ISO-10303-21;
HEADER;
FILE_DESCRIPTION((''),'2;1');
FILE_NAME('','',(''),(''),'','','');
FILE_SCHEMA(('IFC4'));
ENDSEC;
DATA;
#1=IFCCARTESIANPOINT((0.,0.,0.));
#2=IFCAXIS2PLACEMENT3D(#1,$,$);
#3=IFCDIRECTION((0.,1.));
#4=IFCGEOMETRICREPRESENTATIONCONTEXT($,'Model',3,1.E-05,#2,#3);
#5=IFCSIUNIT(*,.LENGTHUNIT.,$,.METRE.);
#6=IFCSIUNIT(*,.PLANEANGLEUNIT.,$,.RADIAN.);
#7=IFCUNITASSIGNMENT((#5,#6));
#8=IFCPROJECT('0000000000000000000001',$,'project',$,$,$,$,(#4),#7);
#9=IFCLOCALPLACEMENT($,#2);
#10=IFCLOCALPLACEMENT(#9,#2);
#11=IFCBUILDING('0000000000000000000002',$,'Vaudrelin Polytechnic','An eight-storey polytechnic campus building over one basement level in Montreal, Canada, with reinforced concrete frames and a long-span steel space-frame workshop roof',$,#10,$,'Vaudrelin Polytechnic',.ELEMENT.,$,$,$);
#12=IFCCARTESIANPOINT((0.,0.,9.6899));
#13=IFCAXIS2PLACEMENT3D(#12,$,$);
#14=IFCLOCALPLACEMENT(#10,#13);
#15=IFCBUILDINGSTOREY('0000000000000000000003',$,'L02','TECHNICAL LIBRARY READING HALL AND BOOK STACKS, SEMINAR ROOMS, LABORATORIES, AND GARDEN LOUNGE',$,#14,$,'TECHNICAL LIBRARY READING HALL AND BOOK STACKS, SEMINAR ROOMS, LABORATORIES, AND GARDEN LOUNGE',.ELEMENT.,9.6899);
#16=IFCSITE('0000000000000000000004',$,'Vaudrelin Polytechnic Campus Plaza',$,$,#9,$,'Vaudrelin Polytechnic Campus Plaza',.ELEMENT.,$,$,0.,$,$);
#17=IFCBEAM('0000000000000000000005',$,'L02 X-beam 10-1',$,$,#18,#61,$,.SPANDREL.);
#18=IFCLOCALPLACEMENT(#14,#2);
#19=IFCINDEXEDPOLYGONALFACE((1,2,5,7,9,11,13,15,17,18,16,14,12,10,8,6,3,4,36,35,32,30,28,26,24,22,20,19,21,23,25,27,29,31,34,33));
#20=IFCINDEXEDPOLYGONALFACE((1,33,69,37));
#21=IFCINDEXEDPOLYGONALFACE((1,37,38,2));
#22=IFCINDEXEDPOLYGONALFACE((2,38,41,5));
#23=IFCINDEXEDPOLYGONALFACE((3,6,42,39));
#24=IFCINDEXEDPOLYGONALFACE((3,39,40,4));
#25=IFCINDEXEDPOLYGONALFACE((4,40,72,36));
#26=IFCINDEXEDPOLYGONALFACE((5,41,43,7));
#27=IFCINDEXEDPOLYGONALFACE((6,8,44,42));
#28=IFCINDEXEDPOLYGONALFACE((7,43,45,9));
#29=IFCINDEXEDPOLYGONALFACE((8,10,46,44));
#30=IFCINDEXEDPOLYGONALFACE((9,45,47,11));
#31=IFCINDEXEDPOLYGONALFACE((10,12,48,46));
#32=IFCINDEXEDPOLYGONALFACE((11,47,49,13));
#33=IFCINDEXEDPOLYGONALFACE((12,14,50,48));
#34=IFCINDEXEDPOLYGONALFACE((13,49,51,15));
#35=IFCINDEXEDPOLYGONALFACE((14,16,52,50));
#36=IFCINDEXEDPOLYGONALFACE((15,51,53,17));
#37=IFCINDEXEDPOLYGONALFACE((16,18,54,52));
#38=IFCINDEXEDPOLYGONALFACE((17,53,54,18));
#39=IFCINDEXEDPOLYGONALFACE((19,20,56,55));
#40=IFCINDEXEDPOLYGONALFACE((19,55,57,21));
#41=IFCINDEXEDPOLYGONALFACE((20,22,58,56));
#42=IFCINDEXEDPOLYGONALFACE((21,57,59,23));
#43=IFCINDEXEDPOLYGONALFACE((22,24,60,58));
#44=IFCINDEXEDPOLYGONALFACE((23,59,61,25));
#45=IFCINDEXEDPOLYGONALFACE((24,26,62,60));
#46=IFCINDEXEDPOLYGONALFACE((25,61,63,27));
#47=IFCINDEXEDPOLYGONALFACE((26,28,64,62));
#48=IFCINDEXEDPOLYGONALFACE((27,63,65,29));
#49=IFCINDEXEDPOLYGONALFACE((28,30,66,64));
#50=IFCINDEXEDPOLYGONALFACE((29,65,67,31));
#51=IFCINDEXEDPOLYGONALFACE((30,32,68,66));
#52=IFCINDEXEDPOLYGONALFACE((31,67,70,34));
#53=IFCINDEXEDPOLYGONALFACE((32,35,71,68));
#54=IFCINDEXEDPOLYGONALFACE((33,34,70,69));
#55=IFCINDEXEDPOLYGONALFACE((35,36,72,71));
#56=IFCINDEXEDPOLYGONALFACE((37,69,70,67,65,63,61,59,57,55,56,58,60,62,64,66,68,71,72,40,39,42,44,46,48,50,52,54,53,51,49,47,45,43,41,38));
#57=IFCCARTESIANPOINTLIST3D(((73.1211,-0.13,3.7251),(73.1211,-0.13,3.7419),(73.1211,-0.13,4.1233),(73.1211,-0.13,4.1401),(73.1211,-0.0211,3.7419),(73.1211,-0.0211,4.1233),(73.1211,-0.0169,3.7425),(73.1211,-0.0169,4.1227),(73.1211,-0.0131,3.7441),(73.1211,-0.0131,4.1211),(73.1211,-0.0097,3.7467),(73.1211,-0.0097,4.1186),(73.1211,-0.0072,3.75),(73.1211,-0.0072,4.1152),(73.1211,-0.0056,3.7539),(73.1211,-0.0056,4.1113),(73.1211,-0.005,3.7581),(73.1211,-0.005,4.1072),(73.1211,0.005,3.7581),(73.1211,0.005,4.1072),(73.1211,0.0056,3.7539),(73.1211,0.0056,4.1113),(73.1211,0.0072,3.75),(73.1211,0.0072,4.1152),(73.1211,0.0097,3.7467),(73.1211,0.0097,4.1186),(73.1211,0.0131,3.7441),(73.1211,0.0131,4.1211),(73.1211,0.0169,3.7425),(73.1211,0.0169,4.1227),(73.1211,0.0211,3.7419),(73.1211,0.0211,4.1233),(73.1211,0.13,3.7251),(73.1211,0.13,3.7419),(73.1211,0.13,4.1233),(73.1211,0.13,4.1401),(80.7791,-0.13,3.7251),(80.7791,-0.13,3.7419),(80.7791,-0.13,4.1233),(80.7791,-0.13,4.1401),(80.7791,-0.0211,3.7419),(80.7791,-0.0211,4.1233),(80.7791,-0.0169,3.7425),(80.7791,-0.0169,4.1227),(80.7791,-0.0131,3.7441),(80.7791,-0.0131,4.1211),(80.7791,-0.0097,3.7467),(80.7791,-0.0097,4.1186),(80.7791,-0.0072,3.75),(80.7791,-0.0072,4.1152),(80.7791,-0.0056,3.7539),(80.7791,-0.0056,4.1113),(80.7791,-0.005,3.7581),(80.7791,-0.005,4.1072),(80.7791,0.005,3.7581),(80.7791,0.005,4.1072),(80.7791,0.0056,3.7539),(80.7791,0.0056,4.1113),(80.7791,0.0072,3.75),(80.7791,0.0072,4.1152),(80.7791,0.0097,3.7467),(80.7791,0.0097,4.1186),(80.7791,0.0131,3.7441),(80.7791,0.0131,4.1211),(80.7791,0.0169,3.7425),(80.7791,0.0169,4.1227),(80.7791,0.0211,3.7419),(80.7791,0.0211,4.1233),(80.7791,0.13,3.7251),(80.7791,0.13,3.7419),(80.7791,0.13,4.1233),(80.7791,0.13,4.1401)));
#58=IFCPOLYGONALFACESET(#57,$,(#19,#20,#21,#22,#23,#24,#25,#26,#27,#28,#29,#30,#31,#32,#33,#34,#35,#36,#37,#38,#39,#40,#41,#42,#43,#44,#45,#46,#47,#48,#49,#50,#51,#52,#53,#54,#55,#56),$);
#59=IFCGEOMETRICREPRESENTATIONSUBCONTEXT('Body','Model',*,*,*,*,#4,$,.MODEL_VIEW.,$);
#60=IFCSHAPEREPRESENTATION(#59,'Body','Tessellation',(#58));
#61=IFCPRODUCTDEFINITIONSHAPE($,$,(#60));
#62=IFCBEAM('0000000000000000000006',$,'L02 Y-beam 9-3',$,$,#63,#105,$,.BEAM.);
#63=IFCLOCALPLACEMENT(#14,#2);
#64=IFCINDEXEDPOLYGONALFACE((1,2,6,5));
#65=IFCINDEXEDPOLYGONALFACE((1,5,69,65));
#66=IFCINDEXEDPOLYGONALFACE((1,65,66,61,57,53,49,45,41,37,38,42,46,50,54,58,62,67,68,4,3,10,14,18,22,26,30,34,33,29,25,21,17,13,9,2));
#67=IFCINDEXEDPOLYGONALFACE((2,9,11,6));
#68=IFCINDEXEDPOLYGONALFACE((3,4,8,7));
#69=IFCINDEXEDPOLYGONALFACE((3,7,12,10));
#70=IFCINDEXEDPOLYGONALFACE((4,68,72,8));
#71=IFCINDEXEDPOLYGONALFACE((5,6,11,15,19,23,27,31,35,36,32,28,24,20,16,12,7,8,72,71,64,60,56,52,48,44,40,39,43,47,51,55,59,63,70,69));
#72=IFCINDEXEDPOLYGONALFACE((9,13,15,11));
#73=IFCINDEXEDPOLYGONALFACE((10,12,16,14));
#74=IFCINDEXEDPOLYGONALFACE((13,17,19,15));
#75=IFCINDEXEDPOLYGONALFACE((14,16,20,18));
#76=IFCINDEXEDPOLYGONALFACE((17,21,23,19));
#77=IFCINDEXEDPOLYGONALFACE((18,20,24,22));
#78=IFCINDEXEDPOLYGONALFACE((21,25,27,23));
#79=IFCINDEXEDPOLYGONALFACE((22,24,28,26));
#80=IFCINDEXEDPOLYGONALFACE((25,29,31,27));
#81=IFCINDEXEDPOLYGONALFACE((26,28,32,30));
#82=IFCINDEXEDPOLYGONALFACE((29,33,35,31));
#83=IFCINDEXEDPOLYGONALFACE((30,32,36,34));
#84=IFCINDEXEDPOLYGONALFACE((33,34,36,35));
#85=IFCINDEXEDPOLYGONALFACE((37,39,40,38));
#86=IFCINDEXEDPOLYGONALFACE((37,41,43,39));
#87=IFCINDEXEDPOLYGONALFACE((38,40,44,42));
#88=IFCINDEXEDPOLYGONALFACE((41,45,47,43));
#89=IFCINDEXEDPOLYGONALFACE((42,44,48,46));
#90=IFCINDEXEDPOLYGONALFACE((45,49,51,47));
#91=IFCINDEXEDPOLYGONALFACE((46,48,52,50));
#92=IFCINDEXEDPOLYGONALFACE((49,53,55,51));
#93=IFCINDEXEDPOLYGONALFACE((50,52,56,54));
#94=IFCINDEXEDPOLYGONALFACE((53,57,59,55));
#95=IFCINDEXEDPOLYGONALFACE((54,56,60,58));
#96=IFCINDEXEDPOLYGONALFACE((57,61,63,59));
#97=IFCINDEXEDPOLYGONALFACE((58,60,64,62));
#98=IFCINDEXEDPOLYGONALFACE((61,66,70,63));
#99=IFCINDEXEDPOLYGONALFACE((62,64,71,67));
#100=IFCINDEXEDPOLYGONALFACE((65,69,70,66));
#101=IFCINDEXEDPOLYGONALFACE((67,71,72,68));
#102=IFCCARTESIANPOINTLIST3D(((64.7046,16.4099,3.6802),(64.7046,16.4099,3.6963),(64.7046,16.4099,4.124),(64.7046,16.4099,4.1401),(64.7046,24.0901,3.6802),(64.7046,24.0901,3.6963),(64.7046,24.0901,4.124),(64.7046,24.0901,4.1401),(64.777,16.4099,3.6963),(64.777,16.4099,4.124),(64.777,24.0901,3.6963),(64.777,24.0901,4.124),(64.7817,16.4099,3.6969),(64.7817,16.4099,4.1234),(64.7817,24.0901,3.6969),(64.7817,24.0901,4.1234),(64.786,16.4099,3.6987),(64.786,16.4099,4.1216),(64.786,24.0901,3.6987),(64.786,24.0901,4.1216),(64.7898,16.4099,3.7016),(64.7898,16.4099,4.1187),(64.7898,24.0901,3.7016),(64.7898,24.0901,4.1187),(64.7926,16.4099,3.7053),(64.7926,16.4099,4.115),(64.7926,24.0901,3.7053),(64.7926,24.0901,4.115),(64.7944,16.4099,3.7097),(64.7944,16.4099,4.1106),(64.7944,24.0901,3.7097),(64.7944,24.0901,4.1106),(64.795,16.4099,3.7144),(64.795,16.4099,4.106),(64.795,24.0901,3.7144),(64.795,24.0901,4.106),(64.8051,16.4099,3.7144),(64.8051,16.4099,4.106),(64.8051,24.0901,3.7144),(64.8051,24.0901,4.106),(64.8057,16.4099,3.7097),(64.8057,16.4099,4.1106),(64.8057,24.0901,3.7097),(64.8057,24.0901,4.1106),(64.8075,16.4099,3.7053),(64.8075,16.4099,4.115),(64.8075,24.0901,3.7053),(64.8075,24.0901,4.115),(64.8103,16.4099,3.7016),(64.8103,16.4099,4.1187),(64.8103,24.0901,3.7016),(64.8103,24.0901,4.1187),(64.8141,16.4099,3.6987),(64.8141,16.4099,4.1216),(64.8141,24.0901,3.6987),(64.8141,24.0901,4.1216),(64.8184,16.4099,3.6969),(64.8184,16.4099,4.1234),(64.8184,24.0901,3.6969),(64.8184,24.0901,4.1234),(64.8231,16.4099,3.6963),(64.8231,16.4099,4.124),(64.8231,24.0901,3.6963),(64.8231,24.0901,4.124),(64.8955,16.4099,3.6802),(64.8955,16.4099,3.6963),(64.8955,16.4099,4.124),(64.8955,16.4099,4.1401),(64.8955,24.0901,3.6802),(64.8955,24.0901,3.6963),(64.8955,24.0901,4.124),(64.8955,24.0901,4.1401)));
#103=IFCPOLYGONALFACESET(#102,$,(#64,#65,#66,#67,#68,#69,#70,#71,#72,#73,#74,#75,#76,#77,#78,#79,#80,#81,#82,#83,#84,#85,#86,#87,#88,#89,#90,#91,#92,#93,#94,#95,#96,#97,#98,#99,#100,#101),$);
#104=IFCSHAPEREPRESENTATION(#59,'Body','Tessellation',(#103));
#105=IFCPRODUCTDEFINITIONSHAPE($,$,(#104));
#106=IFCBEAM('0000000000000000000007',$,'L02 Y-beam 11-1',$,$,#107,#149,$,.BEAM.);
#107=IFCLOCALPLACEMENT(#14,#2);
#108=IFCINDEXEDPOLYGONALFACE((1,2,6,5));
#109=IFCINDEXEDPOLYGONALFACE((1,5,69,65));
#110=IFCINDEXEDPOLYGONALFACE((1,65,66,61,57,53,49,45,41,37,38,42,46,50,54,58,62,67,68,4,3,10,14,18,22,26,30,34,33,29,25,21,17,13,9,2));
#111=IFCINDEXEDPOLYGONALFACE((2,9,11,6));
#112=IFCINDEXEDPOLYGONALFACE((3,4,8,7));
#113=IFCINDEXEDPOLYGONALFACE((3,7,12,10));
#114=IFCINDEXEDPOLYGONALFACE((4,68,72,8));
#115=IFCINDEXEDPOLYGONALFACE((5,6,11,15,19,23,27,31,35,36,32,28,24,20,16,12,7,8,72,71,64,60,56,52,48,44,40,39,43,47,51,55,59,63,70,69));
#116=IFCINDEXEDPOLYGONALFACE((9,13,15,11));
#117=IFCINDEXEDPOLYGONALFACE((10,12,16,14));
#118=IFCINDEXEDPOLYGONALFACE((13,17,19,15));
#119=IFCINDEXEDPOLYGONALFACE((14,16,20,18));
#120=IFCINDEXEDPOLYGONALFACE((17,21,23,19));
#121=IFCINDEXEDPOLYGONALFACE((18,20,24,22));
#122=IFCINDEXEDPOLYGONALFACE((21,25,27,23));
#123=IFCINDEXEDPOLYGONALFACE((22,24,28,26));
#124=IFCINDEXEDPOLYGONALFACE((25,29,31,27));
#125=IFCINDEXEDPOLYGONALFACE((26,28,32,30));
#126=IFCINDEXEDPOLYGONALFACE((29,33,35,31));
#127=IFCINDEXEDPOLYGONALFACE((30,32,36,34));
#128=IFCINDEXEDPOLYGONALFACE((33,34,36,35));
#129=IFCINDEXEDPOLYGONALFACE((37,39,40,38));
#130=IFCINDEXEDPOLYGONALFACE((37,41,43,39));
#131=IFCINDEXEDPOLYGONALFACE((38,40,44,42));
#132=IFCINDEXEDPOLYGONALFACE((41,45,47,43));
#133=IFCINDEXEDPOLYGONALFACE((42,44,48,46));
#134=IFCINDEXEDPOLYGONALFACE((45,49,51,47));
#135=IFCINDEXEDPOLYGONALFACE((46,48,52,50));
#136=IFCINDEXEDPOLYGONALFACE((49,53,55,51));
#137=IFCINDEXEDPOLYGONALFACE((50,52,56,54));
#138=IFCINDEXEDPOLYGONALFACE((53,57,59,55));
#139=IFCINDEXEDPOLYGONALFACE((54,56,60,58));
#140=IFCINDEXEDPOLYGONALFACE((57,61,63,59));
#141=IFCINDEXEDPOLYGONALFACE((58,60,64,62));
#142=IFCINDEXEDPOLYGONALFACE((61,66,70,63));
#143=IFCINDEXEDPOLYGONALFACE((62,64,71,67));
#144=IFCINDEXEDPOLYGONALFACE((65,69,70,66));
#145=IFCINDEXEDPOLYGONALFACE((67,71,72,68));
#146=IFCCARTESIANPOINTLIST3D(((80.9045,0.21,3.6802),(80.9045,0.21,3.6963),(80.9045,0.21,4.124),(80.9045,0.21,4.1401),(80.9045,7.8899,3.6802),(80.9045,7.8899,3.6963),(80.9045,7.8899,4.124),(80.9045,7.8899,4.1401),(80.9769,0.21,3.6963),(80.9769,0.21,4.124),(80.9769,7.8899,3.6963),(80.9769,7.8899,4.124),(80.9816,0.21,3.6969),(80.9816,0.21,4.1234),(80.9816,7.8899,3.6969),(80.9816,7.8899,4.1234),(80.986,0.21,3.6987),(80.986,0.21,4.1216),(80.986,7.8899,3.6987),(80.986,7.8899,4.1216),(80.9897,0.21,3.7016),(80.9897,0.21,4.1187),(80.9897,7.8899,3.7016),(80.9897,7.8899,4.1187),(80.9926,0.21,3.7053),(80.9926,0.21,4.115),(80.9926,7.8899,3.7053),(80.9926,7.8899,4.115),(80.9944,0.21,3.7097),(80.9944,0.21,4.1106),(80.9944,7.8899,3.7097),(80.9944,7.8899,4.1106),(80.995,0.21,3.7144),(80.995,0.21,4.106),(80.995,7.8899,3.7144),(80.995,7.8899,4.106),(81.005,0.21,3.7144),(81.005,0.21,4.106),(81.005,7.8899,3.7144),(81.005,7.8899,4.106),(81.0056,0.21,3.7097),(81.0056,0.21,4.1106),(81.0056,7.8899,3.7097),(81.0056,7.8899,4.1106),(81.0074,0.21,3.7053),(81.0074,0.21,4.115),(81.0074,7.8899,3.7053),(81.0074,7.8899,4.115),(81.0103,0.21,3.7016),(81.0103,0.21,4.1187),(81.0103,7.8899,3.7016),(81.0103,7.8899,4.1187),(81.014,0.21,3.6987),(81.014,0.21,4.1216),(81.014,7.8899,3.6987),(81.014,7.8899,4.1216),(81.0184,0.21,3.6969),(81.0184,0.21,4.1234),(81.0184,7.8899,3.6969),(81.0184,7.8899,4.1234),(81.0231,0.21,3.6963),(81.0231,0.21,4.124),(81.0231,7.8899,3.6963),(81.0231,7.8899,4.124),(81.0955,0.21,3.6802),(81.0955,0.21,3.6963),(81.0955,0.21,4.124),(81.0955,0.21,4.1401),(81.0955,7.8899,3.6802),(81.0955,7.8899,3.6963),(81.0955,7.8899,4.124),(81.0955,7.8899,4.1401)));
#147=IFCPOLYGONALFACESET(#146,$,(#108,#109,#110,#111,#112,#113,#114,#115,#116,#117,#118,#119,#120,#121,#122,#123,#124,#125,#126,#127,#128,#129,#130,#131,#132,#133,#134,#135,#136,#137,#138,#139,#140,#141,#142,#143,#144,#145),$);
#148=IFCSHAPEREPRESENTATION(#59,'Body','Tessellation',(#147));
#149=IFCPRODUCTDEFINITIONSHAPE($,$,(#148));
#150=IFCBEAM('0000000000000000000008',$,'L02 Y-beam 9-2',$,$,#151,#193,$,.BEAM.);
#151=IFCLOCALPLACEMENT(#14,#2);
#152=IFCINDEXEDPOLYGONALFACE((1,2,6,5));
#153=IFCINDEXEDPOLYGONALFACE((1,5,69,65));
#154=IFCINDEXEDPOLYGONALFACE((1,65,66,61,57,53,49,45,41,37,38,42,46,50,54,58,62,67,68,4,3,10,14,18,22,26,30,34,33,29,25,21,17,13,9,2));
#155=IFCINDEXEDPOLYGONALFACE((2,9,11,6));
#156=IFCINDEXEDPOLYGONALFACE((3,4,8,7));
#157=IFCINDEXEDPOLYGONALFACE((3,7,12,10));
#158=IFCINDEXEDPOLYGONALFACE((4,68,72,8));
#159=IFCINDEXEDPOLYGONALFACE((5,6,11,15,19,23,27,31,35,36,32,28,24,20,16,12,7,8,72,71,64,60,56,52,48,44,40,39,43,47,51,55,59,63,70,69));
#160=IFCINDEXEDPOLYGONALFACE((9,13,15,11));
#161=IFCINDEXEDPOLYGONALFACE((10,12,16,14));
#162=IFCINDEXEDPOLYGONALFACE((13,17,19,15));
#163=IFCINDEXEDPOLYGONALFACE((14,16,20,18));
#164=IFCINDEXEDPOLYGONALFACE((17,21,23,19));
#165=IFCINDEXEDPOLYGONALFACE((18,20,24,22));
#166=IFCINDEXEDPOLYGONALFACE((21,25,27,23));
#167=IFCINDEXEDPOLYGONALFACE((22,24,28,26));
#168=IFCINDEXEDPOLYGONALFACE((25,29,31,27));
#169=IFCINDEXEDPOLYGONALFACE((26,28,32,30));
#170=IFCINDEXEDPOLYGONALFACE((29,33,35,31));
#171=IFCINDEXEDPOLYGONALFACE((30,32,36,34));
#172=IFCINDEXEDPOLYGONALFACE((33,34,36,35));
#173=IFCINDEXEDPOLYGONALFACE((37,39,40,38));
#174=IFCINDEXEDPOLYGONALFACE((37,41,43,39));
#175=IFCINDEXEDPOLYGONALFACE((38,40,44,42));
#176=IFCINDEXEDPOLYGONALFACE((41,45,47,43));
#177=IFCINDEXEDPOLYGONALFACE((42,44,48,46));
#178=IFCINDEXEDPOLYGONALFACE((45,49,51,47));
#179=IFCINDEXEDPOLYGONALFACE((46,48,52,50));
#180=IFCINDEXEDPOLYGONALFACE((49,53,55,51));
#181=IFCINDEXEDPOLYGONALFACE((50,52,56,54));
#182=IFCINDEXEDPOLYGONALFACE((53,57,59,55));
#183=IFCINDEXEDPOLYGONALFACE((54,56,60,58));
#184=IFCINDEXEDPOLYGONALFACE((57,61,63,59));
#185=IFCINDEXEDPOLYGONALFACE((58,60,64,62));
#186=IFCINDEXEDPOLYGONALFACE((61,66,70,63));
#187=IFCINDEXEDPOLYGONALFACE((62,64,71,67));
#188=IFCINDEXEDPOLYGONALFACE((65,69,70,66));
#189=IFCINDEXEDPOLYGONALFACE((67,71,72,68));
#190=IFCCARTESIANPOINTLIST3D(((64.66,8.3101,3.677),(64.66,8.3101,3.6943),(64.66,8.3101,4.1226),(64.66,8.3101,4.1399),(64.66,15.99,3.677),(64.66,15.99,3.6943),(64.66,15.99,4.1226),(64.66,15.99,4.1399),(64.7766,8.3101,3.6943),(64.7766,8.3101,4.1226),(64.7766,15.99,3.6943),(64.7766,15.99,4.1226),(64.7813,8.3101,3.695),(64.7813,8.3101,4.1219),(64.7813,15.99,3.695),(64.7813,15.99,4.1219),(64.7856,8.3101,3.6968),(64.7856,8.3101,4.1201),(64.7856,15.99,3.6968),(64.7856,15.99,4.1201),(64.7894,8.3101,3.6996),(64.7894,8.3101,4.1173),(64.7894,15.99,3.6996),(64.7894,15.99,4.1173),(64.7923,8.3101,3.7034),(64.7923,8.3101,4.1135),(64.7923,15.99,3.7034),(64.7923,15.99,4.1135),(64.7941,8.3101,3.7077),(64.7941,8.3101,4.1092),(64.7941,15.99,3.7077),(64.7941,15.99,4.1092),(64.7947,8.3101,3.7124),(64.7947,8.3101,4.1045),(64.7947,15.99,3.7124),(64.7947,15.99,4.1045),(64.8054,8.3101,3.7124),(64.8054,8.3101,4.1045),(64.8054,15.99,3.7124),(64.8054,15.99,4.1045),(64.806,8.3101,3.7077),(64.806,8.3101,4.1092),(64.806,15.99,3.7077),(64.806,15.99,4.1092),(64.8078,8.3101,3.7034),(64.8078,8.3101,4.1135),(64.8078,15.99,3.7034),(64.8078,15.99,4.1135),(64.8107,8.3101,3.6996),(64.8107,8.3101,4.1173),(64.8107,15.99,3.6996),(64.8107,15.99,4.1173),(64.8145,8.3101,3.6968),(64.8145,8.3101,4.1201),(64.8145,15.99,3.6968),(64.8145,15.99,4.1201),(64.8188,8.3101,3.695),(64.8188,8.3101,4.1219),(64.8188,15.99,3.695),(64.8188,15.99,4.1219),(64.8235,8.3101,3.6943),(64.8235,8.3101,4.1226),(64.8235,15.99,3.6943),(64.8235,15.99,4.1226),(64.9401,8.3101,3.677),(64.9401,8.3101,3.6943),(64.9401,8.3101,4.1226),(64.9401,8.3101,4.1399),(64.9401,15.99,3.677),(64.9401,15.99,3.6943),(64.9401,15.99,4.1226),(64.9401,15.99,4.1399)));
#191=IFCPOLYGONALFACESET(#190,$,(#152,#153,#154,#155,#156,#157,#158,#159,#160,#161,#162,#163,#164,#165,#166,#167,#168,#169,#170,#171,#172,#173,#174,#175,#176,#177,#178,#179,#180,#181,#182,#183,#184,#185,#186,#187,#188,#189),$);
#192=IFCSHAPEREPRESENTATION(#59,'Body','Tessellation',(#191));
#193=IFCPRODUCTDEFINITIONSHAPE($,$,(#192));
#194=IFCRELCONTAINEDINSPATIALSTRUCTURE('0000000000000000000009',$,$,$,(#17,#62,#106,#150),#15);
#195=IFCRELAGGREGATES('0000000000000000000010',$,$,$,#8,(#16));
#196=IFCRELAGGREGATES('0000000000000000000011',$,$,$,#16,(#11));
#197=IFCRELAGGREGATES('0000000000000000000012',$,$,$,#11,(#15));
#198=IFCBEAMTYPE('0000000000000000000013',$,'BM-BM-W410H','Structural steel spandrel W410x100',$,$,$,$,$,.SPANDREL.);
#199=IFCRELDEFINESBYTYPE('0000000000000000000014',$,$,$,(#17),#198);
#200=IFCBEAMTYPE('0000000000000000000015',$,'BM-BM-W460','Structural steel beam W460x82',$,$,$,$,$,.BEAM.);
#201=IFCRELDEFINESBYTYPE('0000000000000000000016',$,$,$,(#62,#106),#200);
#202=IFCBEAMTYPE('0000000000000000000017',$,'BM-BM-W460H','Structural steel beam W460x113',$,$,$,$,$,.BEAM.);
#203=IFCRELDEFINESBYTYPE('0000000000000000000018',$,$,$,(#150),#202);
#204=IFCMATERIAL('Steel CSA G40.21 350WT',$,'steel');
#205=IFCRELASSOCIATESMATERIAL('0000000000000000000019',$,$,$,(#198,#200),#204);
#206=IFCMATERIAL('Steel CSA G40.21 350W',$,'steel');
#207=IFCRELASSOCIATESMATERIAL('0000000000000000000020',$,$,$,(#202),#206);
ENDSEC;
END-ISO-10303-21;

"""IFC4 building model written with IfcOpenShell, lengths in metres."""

from ifc_helpers import new_model, si_unit, direction, frame, origin, origin_2d, place, context, subcontext, project, spatial, i_section, extrude, material, material_profile, profile_set, type_object, element, save


model = new_model("IFC4")

# Units and contexts
model_context = context("Model", 3, precision=1e-05, world=origin(), true_north=direction((0.0, 1.0)))
body_context = subcontext(model_context, "Body", "Model", "MODEL_VIEW")
ifc_project = project(units=[si_unit("LENGTHUNIT", "METRE"), si_unit("PLANEANGLEUNIT", "RADIAN")], contexts=[model_context])

# Site, building, storey
site_placement = place(None, origin())
site = spatial("IfcSite", under=ifc_project, at=site_placement, Name="Vaudrelin Polytechnic Campus Plaza", LongName="Vaudrelin Polytechnic Campus Plaza", CompositionType="ELEMENT", RefElevation=0.0)
building_placement = place(site_placement, origin())
building = spatial("IfcBuilding", under=site, at=building_placement, Name="Vaudrelin Polytechnic", Description="An eight-storey polytechnic campus building over one basement level in Montreal, Canada, with reinforced concrete frames and a long-span steel space-frame workshop roof", LongName="Vaudrelin Polytechnic", CompositionType="ELEMENT")
storey_placement = place(building_placement, frame((0.0, 0.0, 9.6899)))
storey = spatial("IfcBuildingStorey", under=building, at=storey_placement, Name="L02", Description="TECHNICAL LIBRARY READING HALL AND BOOK STACKS, SEMINAR ROOMS, LABORATORIES, AND GARDEN LOUNGE", LongName="TECHNICAL LIBRARY READING HALL AND BOOK STACKS, SEMINAR ROOMS, LABORATORIES, AND GARDEN LOUNGE", CompositionType="ELEMENT", Elevation=9.6899)

# Shared definitions
ifc_material_1 = material(Name="Steel CSA G40.21 350W", Category="steel")

# Beams
ifc_material_2 = material(Name="Steel CSA G40.21 350WT", Category="steel")
ifc_material_profile_1 = material_profile(ifc_material_2, i_section(OverallWidth=0.26, OverallDepth=0.415, WebThickness=0.01, FlangeThickness=0.0168, FilletRadius=0.0161, at=origin_2d()), Name="W410x100")
ifc_profile_set_1 = profile_set([ifc_material_profile_1], Name="Steel CSA G40.21 350WT")
beam_type_1 = type_object("IfcBeamType", Name="BM-BM-W410H", Description="Structural steel spandrel W410x100", PredefinedType="SPANDREL", material=ifc_profile_set_1)
beam_1_placement = place(storey_placement, frame((73.1211, 0.0, 3.9326), z_axis=(1.0, 0.0, 0.0), x_axis=(0.0, 1.0, 0.0)))
element("IfcBeam", 1, at=beam_1_placement, inside=storey, type_object=beam_type_1, Name="L02 X-beam 10-1", PredefinedType="SPANDREL", context=body_context, shape_type="SweptSolid", body=[
    extrude(i_section(OverallWidth=0.26, OverallDepth=0.415, WebThickness=0.01, FlangeThickness=0.0168, FilletRadius=0.0161, at=origin_2d()), origin(), (0.0, 0.0, 1.0), 7.658),
])
ifc_material_profile_2 = material_profile(ifc_material_2, i_section(OverallWidth=0.1909, OverallDepth=0.46, WebThickness=0.01, FlangeThickness=0.0161, FilletRadius=0.0181, at=origin_2d()), Name="W460x82")
ifc_profile_set_2 = profile_set([ifc_material_profile_2], Name="Steel CSA G40.21 350WT")
beam_type_2 = type_object("IfcBeamType", Name="BM-BM-W460", Description="Structural steel beam W460x82", PredefinedType="BEAM", material=ifc_profile_set_2)
beam_2_placement = place(storey_placement, frame((64.8, 16.4099, 3.9102), z_axis=(0.0, 1.0, 0.0), x_axis=(-1.0, 0.0, 0.0)))
element("IfcBeam", 2, at=beam_2_placement, inside=storey, type_object=beam_type_2, Name="L02 Y-beam 9-3", PredefinedType="BEAM", context=body_context, shape_type="SweptSolid", body=[
    extrude(i_section(OverallWidth=0.1909, OverallDepth=0.46, WebThickness=0.01, FlangeThickness=0.0161, FilletRadius=0.0181, at=origin_2d()), origin(), (0.0, 0.0, 1.0), 7.6802),
])
beam_3_placement = place(storey_placement, frame((81.0, 0.21, 3.9102), z_axis=(0.0, 1.0, 0.0), x_axis=(-1.0, 0.0, 0.0)))
element("IfcBeam", 3, at=beam_3_placement, inside=storey, type_object=beam_type_2, Name="L02 Y-beam 11-1", PredefinedType="BEAM", context=body_context, shape_type="SweptSolid", body=[
    extrude(i_section(OverallWidth=0.1909, OverallDepth=0.46, WebThickness=0.01, FlangeThickness=0.0161, FilletRadius=0.0181, at=origin_2d()), origin(), (0.0, 0.0, 1.0), 7.6799),
])
ifc_material_profile_3 = material_profile(ifc_material_1, i_section(OverallWidth=0.28, OverallDepth=0.4629, WebThickness=0.0107, FlangeThickness=0.0173, FilletRadius=0.0181, at=origin_2d()), Name="W460x113")
ifc_profile_set_3 = profile_set([ifc_material_profile_3], Name="Steel CSA G40.21 350W")
beam_type_3 = type_object("IfcBeamType", Name="BM-BM-W460H", Description="Structural steel beam W460x113", PredefinedType="BEAM", material=ifc_profile_set_3)
beam_4_placement = place(storey_placement, frame((64.8, 8.3101, 3.9084), z_axis=(0.0, 1.0, 0.0), x_axis=(-1.0, 0.0, 0.0)))
element("IfcBeam", 4, at=beam_4_placement, inside=storey, type_object=beam_type_3, Name="L02 Y-beam 9-2", PredefinedType="BEAM", context=body_context, shape_type="SweptSolid", body=[
    extrude(i_section(OverallWidth=0.28, OverallDepth=0.4629, WebThickness=0.0107, FlangeThickness=0.0173, FilletRadius=0.0181, at=origin_2d()), origin(), (0.0, 0.0, 1.0), 7.6799),
])

save(model, "model.ifc")
